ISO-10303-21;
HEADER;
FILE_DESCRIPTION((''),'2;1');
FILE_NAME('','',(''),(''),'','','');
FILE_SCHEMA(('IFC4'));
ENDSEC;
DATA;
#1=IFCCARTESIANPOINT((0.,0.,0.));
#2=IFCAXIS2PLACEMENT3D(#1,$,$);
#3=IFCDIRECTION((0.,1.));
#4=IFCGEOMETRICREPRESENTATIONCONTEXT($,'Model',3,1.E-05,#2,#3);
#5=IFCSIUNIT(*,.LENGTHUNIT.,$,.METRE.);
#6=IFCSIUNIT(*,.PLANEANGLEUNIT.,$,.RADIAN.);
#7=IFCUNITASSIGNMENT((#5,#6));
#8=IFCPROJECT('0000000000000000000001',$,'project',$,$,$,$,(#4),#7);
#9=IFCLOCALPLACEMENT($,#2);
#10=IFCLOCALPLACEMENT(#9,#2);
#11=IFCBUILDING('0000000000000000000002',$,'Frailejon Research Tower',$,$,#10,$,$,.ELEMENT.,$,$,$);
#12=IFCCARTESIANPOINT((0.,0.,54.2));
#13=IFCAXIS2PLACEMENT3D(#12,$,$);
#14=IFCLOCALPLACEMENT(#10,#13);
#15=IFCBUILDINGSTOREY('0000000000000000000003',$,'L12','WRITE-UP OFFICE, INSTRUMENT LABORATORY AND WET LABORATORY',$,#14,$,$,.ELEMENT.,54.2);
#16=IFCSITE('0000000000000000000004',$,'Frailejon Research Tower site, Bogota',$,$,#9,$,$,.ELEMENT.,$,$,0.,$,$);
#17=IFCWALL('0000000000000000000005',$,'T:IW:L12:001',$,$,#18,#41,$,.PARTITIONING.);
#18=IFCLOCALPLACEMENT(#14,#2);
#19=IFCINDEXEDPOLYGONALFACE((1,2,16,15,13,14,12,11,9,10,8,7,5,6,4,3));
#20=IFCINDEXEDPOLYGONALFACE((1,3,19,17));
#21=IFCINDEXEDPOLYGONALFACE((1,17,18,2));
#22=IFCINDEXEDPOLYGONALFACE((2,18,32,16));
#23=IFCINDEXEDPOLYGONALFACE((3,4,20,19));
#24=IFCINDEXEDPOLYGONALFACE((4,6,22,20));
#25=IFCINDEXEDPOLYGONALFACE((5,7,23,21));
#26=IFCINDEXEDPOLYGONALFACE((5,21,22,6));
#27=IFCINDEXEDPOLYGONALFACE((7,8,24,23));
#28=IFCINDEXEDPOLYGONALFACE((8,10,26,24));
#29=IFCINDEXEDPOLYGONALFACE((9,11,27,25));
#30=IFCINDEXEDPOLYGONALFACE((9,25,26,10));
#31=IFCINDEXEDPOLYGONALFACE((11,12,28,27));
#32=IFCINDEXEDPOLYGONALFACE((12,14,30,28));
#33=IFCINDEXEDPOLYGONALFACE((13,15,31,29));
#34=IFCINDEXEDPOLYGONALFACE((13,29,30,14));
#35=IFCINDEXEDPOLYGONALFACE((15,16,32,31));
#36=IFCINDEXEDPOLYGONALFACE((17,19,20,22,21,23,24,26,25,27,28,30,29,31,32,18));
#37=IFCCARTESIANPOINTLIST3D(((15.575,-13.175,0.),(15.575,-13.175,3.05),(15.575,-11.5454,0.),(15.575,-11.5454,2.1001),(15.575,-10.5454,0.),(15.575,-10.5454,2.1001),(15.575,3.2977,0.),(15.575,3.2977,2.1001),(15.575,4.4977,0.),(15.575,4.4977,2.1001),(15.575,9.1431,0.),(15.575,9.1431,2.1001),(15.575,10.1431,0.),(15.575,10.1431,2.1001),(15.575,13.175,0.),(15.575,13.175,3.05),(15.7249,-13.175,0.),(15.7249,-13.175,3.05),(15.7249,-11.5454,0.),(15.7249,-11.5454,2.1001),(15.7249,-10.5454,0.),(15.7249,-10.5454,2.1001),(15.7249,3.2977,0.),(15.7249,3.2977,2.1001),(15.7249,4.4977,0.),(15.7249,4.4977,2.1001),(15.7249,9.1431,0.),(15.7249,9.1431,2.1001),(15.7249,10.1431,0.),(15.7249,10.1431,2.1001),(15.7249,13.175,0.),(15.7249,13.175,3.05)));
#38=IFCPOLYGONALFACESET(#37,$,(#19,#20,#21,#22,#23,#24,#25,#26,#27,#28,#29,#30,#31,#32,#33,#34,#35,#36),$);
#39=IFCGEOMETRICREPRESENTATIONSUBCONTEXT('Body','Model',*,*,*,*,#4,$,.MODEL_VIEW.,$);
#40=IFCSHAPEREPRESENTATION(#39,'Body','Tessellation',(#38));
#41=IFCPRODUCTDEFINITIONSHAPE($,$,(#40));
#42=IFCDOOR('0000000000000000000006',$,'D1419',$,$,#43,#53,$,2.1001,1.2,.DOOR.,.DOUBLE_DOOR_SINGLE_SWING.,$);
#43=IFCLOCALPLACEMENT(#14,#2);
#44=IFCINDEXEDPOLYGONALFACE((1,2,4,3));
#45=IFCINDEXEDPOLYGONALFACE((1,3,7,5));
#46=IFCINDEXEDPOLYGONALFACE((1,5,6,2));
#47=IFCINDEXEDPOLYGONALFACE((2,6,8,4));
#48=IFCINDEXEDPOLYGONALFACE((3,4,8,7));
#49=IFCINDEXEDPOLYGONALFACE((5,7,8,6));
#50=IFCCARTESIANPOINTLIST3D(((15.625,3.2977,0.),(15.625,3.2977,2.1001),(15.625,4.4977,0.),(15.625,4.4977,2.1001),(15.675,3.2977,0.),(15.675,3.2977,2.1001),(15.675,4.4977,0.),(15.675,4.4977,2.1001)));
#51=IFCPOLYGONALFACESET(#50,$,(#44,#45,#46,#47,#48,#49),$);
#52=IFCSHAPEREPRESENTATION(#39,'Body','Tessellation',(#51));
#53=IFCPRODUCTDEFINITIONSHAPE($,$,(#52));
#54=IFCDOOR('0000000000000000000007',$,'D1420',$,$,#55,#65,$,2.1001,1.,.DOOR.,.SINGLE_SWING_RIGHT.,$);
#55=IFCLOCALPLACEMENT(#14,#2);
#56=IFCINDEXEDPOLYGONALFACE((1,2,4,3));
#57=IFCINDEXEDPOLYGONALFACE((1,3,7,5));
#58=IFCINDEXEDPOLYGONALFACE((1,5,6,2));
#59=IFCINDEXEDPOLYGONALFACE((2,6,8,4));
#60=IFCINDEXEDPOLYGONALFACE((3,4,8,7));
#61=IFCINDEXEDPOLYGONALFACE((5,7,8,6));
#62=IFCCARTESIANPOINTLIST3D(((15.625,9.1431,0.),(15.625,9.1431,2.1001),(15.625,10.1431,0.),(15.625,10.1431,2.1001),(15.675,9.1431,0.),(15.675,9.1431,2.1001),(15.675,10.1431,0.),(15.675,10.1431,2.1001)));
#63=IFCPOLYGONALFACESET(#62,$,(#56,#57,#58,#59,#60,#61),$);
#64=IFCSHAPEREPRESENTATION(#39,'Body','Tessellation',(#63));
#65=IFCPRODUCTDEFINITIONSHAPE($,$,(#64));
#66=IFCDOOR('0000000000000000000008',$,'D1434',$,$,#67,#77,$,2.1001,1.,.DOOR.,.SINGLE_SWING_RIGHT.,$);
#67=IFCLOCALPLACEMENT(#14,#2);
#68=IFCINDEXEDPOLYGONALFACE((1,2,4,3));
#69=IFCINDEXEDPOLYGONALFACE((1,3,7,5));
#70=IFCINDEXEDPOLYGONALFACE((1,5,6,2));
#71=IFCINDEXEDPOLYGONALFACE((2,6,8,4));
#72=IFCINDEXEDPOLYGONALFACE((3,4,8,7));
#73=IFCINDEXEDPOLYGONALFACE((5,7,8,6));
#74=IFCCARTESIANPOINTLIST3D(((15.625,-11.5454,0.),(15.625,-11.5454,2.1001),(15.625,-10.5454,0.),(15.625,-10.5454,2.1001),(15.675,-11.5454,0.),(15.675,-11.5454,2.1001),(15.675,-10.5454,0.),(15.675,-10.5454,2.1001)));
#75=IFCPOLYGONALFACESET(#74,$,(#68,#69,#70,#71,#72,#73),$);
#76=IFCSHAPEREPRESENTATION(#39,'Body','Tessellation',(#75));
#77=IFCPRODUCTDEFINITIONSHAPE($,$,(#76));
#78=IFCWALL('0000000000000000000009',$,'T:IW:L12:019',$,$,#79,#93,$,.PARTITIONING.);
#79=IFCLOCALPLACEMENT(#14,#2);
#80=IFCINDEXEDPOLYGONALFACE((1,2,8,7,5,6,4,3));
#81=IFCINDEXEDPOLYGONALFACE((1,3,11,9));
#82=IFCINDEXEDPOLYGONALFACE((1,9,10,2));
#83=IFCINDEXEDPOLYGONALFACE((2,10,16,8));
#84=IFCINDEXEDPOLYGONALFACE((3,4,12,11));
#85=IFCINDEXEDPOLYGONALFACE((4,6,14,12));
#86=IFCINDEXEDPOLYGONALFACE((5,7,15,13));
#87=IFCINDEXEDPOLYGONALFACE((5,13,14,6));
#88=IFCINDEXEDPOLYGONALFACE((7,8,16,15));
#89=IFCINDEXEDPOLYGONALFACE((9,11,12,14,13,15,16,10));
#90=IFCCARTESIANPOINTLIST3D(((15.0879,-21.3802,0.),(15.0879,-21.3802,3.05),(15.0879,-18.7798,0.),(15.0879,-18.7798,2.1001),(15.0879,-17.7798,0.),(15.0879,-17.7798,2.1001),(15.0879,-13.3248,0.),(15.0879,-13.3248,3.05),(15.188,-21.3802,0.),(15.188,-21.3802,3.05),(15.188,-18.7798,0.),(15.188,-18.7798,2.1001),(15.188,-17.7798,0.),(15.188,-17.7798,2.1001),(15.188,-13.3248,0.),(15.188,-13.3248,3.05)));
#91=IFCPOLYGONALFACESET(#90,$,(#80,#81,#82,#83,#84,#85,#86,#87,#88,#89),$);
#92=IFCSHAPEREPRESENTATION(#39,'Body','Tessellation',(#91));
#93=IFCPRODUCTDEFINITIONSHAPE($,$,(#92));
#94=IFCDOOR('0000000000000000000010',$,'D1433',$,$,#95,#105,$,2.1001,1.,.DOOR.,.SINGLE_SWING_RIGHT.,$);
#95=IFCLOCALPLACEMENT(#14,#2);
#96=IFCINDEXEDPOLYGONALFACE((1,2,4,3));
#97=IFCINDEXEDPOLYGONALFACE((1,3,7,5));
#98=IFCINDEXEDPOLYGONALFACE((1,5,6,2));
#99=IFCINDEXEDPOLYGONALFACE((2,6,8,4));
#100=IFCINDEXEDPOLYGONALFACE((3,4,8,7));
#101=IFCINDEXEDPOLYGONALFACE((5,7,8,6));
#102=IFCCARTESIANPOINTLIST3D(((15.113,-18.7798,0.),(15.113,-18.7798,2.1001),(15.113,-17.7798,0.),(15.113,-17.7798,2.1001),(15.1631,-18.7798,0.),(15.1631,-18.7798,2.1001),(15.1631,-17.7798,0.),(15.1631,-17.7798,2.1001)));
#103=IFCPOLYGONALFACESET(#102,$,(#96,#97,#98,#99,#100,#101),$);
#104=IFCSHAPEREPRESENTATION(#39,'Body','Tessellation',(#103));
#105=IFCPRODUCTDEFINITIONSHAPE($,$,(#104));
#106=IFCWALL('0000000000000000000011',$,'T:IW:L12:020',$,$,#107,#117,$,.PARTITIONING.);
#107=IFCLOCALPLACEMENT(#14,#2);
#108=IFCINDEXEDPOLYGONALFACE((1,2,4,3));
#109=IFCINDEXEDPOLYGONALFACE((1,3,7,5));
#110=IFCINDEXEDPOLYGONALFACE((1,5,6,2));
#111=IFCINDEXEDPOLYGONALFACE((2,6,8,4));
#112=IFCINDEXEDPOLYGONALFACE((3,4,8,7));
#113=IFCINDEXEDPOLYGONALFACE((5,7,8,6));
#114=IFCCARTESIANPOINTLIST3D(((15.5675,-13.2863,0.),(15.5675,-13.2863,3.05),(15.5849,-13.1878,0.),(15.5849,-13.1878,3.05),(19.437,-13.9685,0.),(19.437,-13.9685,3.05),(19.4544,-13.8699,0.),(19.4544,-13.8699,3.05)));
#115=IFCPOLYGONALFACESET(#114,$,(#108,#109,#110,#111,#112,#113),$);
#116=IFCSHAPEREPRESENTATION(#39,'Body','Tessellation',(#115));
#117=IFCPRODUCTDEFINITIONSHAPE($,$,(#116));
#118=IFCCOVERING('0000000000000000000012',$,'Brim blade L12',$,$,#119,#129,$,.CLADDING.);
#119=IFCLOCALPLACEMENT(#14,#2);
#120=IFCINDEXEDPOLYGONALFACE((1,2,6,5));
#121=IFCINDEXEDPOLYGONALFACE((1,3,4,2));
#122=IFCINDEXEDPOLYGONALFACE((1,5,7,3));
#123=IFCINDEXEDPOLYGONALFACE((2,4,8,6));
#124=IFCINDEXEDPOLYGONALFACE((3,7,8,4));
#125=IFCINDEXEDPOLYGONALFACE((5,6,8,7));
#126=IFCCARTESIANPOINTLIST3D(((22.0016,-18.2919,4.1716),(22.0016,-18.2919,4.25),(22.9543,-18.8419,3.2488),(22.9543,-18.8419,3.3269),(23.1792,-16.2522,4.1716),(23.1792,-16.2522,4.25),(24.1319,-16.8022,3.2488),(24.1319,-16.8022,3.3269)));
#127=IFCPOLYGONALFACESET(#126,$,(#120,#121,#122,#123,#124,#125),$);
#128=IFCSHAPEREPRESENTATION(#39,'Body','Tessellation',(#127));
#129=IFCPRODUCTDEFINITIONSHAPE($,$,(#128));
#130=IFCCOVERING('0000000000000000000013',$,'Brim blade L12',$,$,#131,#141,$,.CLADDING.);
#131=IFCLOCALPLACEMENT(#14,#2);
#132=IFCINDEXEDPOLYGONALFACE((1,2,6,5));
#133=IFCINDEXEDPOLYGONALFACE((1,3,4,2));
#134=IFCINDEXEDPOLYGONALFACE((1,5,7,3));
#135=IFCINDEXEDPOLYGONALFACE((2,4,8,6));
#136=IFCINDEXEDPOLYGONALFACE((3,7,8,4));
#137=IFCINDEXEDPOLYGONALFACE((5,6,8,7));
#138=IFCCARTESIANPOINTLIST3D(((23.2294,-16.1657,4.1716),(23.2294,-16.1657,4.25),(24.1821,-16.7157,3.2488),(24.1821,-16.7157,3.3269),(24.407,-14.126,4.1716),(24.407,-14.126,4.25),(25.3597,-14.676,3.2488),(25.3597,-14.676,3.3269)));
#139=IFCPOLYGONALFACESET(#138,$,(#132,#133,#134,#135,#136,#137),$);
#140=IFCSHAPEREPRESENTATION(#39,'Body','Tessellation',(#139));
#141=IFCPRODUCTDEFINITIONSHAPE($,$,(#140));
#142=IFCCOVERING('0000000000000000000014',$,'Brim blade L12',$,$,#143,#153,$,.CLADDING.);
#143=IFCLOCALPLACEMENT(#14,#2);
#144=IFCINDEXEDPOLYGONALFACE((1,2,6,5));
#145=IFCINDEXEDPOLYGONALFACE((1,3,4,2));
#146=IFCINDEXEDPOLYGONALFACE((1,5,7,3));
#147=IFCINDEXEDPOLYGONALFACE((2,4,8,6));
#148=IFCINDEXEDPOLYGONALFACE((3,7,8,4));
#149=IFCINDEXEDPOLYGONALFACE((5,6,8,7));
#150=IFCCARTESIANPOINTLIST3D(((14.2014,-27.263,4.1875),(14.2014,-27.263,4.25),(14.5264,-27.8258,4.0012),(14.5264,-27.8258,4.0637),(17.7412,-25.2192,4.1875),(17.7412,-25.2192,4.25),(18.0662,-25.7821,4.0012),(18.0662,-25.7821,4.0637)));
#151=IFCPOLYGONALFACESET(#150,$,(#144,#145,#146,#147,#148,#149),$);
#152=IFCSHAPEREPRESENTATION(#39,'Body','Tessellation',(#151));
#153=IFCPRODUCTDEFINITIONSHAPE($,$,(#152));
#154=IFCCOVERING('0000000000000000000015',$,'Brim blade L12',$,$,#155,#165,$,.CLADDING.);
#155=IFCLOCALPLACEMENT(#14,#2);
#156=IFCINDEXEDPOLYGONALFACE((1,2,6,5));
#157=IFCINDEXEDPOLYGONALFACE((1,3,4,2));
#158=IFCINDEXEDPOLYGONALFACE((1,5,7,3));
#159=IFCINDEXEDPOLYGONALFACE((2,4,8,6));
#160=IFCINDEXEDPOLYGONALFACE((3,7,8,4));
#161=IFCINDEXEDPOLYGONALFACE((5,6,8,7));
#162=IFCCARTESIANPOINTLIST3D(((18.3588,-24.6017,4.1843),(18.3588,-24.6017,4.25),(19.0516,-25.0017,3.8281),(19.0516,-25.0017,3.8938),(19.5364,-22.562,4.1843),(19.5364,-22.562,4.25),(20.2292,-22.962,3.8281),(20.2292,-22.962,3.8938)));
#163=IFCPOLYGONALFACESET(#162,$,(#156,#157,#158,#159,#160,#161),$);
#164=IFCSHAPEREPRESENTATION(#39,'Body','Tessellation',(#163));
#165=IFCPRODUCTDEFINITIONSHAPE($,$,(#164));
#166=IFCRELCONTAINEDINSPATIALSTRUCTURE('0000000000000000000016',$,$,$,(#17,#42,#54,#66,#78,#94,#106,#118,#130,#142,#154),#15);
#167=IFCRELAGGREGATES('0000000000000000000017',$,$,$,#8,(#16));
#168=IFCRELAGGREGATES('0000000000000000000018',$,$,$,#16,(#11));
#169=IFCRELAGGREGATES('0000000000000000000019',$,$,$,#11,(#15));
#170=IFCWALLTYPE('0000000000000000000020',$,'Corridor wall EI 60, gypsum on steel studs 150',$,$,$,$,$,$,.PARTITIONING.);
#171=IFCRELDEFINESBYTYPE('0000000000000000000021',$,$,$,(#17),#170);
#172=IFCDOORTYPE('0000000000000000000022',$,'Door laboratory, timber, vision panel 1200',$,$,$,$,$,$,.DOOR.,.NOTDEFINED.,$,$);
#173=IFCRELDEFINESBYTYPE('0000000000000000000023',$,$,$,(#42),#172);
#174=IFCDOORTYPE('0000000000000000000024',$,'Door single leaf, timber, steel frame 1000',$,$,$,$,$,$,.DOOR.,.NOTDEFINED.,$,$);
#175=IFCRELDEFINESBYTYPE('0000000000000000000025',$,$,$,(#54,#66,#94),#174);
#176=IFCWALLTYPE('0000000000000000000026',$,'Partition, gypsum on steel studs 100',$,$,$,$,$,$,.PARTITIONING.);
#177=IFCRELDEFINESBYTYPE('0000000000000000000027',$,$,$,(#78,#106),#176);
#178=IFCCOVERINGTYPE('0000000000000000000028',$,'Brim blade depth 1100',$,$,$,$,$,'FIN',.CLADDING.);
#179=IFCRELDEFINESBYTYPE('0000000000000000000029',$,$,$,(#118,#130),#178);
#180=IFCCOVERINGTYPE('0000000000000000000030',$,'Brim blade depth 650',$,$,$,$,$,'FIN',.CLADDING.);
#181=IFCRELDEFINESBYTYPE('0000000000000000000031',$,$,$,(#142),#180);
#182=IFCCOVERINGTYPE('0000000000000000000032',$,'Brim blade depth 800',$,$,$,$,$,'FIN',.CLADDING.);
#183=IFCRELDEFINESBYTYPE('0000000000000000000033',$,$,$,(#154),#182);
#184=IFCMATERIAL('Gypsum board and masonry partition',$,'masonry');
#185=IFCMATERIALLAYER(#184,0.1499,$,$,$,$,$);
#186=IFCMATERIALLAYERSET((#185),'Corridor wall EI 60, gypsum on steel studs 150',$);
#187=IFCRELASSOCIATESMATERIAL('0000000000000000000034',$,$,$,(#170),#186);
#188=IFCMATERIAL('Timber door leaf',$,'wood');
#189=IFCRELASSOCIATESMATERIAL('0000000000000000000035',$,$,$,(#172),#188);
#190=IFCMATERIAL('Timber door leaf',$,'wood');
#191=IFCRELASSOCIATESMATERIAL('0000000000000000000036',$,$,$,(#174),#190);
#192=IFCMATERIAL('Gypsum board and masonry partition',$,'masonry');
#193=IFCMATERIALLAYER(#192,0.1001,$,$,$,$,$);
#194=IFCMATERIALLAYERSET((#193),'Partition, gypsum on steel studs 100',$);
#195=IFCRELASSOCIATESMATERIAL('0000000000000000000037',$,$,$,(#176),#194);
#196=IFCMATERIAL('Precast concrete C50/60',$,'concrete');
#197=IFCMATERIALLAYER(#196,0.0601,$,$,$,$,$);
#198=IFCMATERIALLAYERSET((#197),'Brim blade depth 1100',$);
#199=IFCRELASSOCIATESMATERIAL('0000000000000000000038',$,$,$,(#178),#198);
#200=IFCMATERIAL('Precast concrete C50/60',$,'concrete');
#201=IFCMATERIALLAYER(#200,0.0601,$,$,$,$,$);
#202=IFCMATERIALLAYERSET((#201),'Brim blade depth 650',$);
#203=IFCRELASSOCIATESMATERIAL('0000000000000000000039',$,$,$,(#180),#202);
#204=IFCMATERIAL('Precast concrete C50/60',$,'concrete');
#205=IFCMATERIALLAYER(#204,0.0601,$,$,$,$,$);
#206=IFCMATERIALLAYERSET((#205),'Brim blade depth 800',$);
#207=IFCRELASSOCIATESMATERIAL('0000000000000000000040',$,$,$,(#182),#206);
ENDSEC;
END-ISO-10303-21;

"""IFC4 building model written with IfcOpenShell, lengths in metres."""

from ifc_helpers import new_model, si_unit, direction, frame, frame_2d, origin, place, context, subcontext, project, spatial, polyline, rectangle, outline, extrude, material, layer, layer_set, type_object, element, fill, save


model = new_model("IFC4")

# Units and contexts
model_context = context("Model", 3, precision=1e-05, world=origin(), true_north=direction((0.0, 1.0)))
body_context = subcontext(model_context, "Body", "Model", "MODEL_VIEW")
ifc_project = project(units=[si_unit("LENGTHUNIT", "METRE"), si_unit("PLANEANGLEUNIT", "RADIAN")], contexts=[model_context])

# Site, building, storey
site_placement = place(None, origin())
site = spatial("IfcSite", under=ifc_project, at=site_placement, Name="Frailejon Research Tower site, Bogota", CompositionType="ELEMENT", RefElevation=0.0)
building_placement = place(site_placement, origin())
building = spatial("IfcBuilding", under=site, at=building_placement, Name="Frailejon Research Tower", CompositionType="ELEMENT")
storey_placement = place(building_placement, frame((0.0, 0.0, 54.2)))
storey = spatial("IfcBuildingStorey", under=building, at=storey_placement, Name="L12", Description="WRITE-UP OFFICE, INSTRUMENT LABORATORY AND WET LABORATORY", CompositionType="ELEMENT", Elevation=54.2)

# Wall, openings, doors
ifc_material_1 = material(Name="Gypsum board and masonry partition", Category="masonry")
ifc_layer_1 = layer(ifc_material_1, 0.1499)
ifc_layer_set_1 = layer_set([ifc_layer_1], Name="Corridor wall EI 60, gypsum on steel studs 150")
wall_type_1 = type_object("IfcWallType", Name="Corridor wall EI 60, gypsum on steel studs 150", PredefinedType="PARTITIONING", material=ifc_layer_set_1)
wall_1_placement = place(storey_placement, frame((15.6499, -13.175, 0.0), z_axis=(0.0, 0.0, 1.0), x_axis=(0.0, 1.0, 0.0)))
wall_1 = element("IfcWall", 1, at=wall_1_placement, inside=storey, type_object=wall_type_1, Name="T:IW:L12:001", PredefinedType="PARTITIONING", context=body_context, shape_type="SweptSolid", body=[
    extrude(rectangle(XDim=26.3501, YDim=0.1499, at=frame_2d((13.175, 0.0))), origin(), (0.0, 0.0, 1.0), 3.05),
])
opening_1_placement = place(wall_1_placement, frame((16.4727, 0.0, 0.0)))
opening_1 = element("IfcOpeningElement", 2, at=opening_1_placement, cuts=wall_1, PredefinedType="OPENING", context=body_context, shape_type="SweptSolid", body=[
    extrude(rectangle(XDim=1.2, YDim=2.1001, at=frame_2d((0.6001, 1.05))), frame((0.0, 0.085, 0.0), z_axis=(0.0, -1.0, 0.0), x_axis=(1.0, 0.0, 0.0)), (0.0, 0.0, 1.0), 0.1699),
])
opening_2_placement = place(wall_1_placement, frame((22.3181, 0.0, 0.0)))
opening_2 = element("IfcOpeningElement", 3, at=opening_2_placement, cuts=wall_1, PredefinedType="OPENING", context=body_context, shape_type="SweptSolid", body=[
    extrude(rectangle(XDim=1.0, YDim=2.1001, at=frame_2d((0.5, 1.05))), frame((0.0, 0.085, 0.0), z_axis=(0.0, -1.0, 0.0), x_axis=(1.0, 0.0, 0.0)), (0.0, 0.0, 1.0), 0.1699),
])
opening_3_placement = place(wall_1_placement, frame((1.6296, 0.0, 0.0)))
opening_3 = element("IfcOpeningElement", 4, at=opening_3_placement, cuts=wall_1, PredefinedType="OPENING", context=body_context, shape_type="SweptSolid", body=[
    extrude(rectangle(XDim=1.0, YDim=2.1001, at=frame_2d((0.5, 1.05))), frame((0.0, 0.085, 0.0), z_axis=(0.0, -1.0, 0.0), x_axis=(1.0, 0.0, 0.0)), (0.0, 0.0, 1.0), 0.1699),
])
ifc_material_2 = material(Name="Timber door leaf", Category="wood")
door_type_1 = type_object("IfcDoorType", Name="Door laboratory, timber, vision panel 1200", OperationType="NOTDEFINED", PredefinedType="DOOR", material=ifc_material_2)
door_1_placement = place(opening_1_placement, origin())
door_1 = element("IfcDoor", 5, at=door_1_placement, inside=storey, type_object=door_type_1, Name="D1419", OperationType="DOUBLE_DOOR_SINGLE_SWING", OverallHeight=2.1001, OverallWidth=1.2, PredefinedType="DOOR", context=body_context, shape_type="SweptSolid", body=[
    extrude(rectangle(XDim=1.2, YDim=2.1001, at=frame_2d((0.6001, 1.05))), frame((0.0, 0.0249, 0.0), z_axis=(0.0, -1.0, 0.0), x_axis=(1.0, 0.0, 0.0)), (0.0, 0.0, 1.0), 0.05),
])
fill(opening_1, door_1)
ifc_material_3 = material(Name="Timber door leaf", Category="wood")
door_type_2 = type_object("IfcDoorType", Name="Door single leaf, timber, steel frame 1000", OperationType="NOTDEFINED", PredefinedType="DOOR", material=ifc_material_3)
door_2_placement = place(opening_2_placement, origin())
door_2 = element("IfcDoor", 6, at=door_2_placement, inside=storey, type_object=door_type_2, Name="D1420", OperationType="SINGLE_SWING_RIGHT", OverallHeight=2.1001, OverallWidth=1.0, PredefinedType="DOOR", context=body_context, shape_type="SweptSolid", body=[
    extrude(rectangle(XDim=1.0, YDim=2.1001, at=frame_2d((0.5, 1.05))), frame((0.0, 0.0249, 0.0), z_axis=(0.0, -1.0, 0.0), x_axis=(1.0, 0.0, 0.0)), (0.0, 0.0, 1.0), 0.05),
])
fill(opening_2, door_2)
door_3_placement = place(opening_3_placement, origin())
door_3 = element("IfcDoor", 7, at=door_3_placement, inside=storey, type_object=door_type_2, Name="D1434", OperationType="SINGLE_SWING_RIGHT", OverallHeight=2.1001, OverallWidth=1.0, PredefinedType="DOOR", context=body_context, shape_type="SweptSolid", body=[
    extrude(rectangle(XDim=1.0, YDim=2.1001, at=frame_2d((0.5, 1.05))), frame((0.0, 0.0249, 0.0), z_axis=(0.0, -1.0, 0.0), x_axis=(1.0, 0.0, 0.0)), (0.0, 0.0, 1.0), 0.05),
])
fill(opening_3, door_3)

# Wall, opening, door
ifc_material_4 = material(Name="Gypsum board and masonry partition", Category="masonry")
ifc_layer_2 = layer(ifc_material_4, 0.1001)
ifc_layer_set_2 = layer_set([ifc_layer_2], Name="Partition, gypsum on steel studs 100")
wall_type_2 = type_object("IfcWallType", Name="Partition, gypsum on steel studs 100", PredefinedType="PARTITIONING", material=ifc_layer_set_2)
wall_2_placement = place(storey_placement, frame((15.1379, -21.3804, 0.0), z_axis=(0.0, 0.0, 1.0), x_axis=(0.0, 1.0, 0.0)))
wall_2 = element("IfcWall", 8, at=wall_2_placement, inside=storey, type_object=wall_type_2, Name="T:IW:L12:019", PredefinedType="PARTITIONING", context=body_context, shape_type="SweptSolid", body=[
    extrude(rectangle(XDim=8.0554, YDim=0.1001, at=frame_2d((4.0278, 0.0))), origin(), (0.0, 0.0, 1.0), 3.05),
])
opening_4_placement = place(wall_2_placement, frame((2.6006, 0.0, 0.0)))
opening_4 = element("IfcOpeningElement", 9, at=opening_4_placement, cuts=wall_2, PredefinedType="OPENING", context=body_context, shape_type="SweptSolid", body=[
    extrude(rectangle(XDim=1.0, YDim=2.1001, at=frame_2d((0.5, 1.05))), frame((0.0, 0.0601, 0.0), z_axis=(0.0, -1.0, 0.0), x_axis=(1.0, 0.0, 0.0)), (0.0, 0.0, 1.0), 0.1201),
])
door_4_placement = place(opening_4_placement, origin())
door_4 = element("IfcDoor", 10, at=door_4_placement, inside=storey, type_object=door_type_2, Name="D1433", OperationType="SINGLE_SWING_RIGHT", OverallHeight=2.1001, OverallWidth=1.0, PredefinedType="DOOR", context=body_context, shape_type="SweptSolid", body=[
    extrude(rectangle(XDim=1.0, YDim=2.1001, at=frame_2d((0.5, 1.05))), frame((0.0, 0.0249, 0.0), z_axis=(0.0, -1.0, 0.0), x_axis=(1.0, 0.0, 0.0)), (0.0, 0.0, 1.0), 0.05),
])
fill(opening_4, door_4)

# Wall
wall_3_placement = place(storey_placement, frame((15.5762, -13.2371, 0.0), z_axis=(0.0, 0.0, 1.0), x_axis=(0.984816, -0.173601, 0.0)))
element("IfcWall", 11, at=wall_3_placement, inside=storey, type_object=wall_type_2, Name="T:IW:L12:020", PredefinedType="PARTITIONING", context=body_context, shape_type="SweptSolid", body=[
    extrude(rectangle(XDim=3.9292, YDim=0.1001, at=frame_2d((1.9646, 0.0))), origin(), (0.0, 0.0, 1.0), 3.05),
])

# Coverings
ifc_material_5 = material(Name="Precast concrete C50/60", Category="concrete")
ifc_layer_3 = layer(ifc_material_5, 0.0601)
ifc_layer_set_3 = layer_set([ifc_layer_3], Name="Brim blade depth 1100")
covering_type_1 = type_object("IfcCoveringType", Name="Brim blade depth 1100", ElementType="FIN", PredefinedType="CLADDING", material=ifc_layer_set_3)
for number, where, z_axis, x_axis, name in (
    (12, (23.1792, -16.2522, 4.25), (-0.499997, -0.866027, 0.0), (0.866027, -0.499997, 0.0), "Brim blade L12"),
    (13, (24.407, -14.126, 4.25), (-0.500006, -0.866022, 0.0), (0.866022, -0.500006, 0.0), "Brim blade L12"),
):
    element("IfcCovering", number, at=place(storey_placement, frame(where, z_axis=z_axis, x_axis=x_axis)), inside=storey, type_object=covering_type_1, Name=name, PredefinedType="CLADDING", context=body_context, shape_type="SweptSolid", body=[
        extrude(outline(polyline([(0.0, -0.0784), (1.1001, -1.0012), (1.1001, -0.9231), (0.0, 0.0), (0.0, -0.0784)])), origin(), (0.0, 0.0, 1.0), 2.3552),
    ])
ifc_material_6 = material(Name="Precast concrete C50/60", Category="concrete")
ifc_layer_4 = layer(ifc_material_6, 0.0601)
ifc_layer_set_4 = layer_set([ifc_layer_4], Name="Brim blade depth 650")
covering_type_2 = type_object("IfcCoveringType", Name="Brim blade depth 650", ElementType="FIN", PredefinedType="CLADDING", material=ifc_layer_set_4)
covering_1_placement = place(storey_placement, frame((17.7412, -25.2192, 4.25), z_axis=(-0.866021, -0.500007, 0.0), x_axis=(0.500007, -0.866021, 0.0)))
element("IfcCovering", 14, at=covering_1_placement, inside=storey, type_object=covering_type_2, Name="Brim blade L12", PredefinedType="CLADDING", context=body_context, shape_type="SweptSolid", body=[
    extrude(outline(polyline([(0.0, -0.0625), (0.6499, -0.2488), (0.6499, -0.1863), (0.0, 0.0), (0.0, -0.0625)])), origin(), (0.0, 0.0, 1.0), 4.0874),
])
ifc_material_7 = material(Name="Precast concrete C50/60", Category="concrete")
ifc_layer_5 = layer(ifc_material_7, 0.0601)
ifc_layer_set_5 = layer_set([ifc_layer_5], Name="Brim blade depth 800")
covering_type_3 = type_object("IfcCoveringType", Name="Brim blade depth 800", ElementType="FIN", PredefinedType="CLADDING", material=ifc_layer_set_5)
for number, where, z_axis, x_axis, name in (
    (15, (19.5364, -22.562, 4.25), (-0.499997, -0.866027, 0.0), (0.866027, -0.499997, 0.0), "Brim blade L12"),
):
    element("IfcCovering", number, at=place(storey_placement, frame(where, z_axis=z_axis, x_axis=x_axis)), inside=storey, type_object=covering_type_3, Name=name, PredefinedType="CLADDING", context=body_context, shape_type="SweptSolid", body=[
        extrude(outline(polyline([(0.0, -0.0657), (0.8, -0.4219), (0.8, -0.3562), (0.0, 0.0), (0.0, -0.0657)])), origin(), (0.0, 0.0, 1.0), 2.3552),
    ])

save(model, "model.ifc")
